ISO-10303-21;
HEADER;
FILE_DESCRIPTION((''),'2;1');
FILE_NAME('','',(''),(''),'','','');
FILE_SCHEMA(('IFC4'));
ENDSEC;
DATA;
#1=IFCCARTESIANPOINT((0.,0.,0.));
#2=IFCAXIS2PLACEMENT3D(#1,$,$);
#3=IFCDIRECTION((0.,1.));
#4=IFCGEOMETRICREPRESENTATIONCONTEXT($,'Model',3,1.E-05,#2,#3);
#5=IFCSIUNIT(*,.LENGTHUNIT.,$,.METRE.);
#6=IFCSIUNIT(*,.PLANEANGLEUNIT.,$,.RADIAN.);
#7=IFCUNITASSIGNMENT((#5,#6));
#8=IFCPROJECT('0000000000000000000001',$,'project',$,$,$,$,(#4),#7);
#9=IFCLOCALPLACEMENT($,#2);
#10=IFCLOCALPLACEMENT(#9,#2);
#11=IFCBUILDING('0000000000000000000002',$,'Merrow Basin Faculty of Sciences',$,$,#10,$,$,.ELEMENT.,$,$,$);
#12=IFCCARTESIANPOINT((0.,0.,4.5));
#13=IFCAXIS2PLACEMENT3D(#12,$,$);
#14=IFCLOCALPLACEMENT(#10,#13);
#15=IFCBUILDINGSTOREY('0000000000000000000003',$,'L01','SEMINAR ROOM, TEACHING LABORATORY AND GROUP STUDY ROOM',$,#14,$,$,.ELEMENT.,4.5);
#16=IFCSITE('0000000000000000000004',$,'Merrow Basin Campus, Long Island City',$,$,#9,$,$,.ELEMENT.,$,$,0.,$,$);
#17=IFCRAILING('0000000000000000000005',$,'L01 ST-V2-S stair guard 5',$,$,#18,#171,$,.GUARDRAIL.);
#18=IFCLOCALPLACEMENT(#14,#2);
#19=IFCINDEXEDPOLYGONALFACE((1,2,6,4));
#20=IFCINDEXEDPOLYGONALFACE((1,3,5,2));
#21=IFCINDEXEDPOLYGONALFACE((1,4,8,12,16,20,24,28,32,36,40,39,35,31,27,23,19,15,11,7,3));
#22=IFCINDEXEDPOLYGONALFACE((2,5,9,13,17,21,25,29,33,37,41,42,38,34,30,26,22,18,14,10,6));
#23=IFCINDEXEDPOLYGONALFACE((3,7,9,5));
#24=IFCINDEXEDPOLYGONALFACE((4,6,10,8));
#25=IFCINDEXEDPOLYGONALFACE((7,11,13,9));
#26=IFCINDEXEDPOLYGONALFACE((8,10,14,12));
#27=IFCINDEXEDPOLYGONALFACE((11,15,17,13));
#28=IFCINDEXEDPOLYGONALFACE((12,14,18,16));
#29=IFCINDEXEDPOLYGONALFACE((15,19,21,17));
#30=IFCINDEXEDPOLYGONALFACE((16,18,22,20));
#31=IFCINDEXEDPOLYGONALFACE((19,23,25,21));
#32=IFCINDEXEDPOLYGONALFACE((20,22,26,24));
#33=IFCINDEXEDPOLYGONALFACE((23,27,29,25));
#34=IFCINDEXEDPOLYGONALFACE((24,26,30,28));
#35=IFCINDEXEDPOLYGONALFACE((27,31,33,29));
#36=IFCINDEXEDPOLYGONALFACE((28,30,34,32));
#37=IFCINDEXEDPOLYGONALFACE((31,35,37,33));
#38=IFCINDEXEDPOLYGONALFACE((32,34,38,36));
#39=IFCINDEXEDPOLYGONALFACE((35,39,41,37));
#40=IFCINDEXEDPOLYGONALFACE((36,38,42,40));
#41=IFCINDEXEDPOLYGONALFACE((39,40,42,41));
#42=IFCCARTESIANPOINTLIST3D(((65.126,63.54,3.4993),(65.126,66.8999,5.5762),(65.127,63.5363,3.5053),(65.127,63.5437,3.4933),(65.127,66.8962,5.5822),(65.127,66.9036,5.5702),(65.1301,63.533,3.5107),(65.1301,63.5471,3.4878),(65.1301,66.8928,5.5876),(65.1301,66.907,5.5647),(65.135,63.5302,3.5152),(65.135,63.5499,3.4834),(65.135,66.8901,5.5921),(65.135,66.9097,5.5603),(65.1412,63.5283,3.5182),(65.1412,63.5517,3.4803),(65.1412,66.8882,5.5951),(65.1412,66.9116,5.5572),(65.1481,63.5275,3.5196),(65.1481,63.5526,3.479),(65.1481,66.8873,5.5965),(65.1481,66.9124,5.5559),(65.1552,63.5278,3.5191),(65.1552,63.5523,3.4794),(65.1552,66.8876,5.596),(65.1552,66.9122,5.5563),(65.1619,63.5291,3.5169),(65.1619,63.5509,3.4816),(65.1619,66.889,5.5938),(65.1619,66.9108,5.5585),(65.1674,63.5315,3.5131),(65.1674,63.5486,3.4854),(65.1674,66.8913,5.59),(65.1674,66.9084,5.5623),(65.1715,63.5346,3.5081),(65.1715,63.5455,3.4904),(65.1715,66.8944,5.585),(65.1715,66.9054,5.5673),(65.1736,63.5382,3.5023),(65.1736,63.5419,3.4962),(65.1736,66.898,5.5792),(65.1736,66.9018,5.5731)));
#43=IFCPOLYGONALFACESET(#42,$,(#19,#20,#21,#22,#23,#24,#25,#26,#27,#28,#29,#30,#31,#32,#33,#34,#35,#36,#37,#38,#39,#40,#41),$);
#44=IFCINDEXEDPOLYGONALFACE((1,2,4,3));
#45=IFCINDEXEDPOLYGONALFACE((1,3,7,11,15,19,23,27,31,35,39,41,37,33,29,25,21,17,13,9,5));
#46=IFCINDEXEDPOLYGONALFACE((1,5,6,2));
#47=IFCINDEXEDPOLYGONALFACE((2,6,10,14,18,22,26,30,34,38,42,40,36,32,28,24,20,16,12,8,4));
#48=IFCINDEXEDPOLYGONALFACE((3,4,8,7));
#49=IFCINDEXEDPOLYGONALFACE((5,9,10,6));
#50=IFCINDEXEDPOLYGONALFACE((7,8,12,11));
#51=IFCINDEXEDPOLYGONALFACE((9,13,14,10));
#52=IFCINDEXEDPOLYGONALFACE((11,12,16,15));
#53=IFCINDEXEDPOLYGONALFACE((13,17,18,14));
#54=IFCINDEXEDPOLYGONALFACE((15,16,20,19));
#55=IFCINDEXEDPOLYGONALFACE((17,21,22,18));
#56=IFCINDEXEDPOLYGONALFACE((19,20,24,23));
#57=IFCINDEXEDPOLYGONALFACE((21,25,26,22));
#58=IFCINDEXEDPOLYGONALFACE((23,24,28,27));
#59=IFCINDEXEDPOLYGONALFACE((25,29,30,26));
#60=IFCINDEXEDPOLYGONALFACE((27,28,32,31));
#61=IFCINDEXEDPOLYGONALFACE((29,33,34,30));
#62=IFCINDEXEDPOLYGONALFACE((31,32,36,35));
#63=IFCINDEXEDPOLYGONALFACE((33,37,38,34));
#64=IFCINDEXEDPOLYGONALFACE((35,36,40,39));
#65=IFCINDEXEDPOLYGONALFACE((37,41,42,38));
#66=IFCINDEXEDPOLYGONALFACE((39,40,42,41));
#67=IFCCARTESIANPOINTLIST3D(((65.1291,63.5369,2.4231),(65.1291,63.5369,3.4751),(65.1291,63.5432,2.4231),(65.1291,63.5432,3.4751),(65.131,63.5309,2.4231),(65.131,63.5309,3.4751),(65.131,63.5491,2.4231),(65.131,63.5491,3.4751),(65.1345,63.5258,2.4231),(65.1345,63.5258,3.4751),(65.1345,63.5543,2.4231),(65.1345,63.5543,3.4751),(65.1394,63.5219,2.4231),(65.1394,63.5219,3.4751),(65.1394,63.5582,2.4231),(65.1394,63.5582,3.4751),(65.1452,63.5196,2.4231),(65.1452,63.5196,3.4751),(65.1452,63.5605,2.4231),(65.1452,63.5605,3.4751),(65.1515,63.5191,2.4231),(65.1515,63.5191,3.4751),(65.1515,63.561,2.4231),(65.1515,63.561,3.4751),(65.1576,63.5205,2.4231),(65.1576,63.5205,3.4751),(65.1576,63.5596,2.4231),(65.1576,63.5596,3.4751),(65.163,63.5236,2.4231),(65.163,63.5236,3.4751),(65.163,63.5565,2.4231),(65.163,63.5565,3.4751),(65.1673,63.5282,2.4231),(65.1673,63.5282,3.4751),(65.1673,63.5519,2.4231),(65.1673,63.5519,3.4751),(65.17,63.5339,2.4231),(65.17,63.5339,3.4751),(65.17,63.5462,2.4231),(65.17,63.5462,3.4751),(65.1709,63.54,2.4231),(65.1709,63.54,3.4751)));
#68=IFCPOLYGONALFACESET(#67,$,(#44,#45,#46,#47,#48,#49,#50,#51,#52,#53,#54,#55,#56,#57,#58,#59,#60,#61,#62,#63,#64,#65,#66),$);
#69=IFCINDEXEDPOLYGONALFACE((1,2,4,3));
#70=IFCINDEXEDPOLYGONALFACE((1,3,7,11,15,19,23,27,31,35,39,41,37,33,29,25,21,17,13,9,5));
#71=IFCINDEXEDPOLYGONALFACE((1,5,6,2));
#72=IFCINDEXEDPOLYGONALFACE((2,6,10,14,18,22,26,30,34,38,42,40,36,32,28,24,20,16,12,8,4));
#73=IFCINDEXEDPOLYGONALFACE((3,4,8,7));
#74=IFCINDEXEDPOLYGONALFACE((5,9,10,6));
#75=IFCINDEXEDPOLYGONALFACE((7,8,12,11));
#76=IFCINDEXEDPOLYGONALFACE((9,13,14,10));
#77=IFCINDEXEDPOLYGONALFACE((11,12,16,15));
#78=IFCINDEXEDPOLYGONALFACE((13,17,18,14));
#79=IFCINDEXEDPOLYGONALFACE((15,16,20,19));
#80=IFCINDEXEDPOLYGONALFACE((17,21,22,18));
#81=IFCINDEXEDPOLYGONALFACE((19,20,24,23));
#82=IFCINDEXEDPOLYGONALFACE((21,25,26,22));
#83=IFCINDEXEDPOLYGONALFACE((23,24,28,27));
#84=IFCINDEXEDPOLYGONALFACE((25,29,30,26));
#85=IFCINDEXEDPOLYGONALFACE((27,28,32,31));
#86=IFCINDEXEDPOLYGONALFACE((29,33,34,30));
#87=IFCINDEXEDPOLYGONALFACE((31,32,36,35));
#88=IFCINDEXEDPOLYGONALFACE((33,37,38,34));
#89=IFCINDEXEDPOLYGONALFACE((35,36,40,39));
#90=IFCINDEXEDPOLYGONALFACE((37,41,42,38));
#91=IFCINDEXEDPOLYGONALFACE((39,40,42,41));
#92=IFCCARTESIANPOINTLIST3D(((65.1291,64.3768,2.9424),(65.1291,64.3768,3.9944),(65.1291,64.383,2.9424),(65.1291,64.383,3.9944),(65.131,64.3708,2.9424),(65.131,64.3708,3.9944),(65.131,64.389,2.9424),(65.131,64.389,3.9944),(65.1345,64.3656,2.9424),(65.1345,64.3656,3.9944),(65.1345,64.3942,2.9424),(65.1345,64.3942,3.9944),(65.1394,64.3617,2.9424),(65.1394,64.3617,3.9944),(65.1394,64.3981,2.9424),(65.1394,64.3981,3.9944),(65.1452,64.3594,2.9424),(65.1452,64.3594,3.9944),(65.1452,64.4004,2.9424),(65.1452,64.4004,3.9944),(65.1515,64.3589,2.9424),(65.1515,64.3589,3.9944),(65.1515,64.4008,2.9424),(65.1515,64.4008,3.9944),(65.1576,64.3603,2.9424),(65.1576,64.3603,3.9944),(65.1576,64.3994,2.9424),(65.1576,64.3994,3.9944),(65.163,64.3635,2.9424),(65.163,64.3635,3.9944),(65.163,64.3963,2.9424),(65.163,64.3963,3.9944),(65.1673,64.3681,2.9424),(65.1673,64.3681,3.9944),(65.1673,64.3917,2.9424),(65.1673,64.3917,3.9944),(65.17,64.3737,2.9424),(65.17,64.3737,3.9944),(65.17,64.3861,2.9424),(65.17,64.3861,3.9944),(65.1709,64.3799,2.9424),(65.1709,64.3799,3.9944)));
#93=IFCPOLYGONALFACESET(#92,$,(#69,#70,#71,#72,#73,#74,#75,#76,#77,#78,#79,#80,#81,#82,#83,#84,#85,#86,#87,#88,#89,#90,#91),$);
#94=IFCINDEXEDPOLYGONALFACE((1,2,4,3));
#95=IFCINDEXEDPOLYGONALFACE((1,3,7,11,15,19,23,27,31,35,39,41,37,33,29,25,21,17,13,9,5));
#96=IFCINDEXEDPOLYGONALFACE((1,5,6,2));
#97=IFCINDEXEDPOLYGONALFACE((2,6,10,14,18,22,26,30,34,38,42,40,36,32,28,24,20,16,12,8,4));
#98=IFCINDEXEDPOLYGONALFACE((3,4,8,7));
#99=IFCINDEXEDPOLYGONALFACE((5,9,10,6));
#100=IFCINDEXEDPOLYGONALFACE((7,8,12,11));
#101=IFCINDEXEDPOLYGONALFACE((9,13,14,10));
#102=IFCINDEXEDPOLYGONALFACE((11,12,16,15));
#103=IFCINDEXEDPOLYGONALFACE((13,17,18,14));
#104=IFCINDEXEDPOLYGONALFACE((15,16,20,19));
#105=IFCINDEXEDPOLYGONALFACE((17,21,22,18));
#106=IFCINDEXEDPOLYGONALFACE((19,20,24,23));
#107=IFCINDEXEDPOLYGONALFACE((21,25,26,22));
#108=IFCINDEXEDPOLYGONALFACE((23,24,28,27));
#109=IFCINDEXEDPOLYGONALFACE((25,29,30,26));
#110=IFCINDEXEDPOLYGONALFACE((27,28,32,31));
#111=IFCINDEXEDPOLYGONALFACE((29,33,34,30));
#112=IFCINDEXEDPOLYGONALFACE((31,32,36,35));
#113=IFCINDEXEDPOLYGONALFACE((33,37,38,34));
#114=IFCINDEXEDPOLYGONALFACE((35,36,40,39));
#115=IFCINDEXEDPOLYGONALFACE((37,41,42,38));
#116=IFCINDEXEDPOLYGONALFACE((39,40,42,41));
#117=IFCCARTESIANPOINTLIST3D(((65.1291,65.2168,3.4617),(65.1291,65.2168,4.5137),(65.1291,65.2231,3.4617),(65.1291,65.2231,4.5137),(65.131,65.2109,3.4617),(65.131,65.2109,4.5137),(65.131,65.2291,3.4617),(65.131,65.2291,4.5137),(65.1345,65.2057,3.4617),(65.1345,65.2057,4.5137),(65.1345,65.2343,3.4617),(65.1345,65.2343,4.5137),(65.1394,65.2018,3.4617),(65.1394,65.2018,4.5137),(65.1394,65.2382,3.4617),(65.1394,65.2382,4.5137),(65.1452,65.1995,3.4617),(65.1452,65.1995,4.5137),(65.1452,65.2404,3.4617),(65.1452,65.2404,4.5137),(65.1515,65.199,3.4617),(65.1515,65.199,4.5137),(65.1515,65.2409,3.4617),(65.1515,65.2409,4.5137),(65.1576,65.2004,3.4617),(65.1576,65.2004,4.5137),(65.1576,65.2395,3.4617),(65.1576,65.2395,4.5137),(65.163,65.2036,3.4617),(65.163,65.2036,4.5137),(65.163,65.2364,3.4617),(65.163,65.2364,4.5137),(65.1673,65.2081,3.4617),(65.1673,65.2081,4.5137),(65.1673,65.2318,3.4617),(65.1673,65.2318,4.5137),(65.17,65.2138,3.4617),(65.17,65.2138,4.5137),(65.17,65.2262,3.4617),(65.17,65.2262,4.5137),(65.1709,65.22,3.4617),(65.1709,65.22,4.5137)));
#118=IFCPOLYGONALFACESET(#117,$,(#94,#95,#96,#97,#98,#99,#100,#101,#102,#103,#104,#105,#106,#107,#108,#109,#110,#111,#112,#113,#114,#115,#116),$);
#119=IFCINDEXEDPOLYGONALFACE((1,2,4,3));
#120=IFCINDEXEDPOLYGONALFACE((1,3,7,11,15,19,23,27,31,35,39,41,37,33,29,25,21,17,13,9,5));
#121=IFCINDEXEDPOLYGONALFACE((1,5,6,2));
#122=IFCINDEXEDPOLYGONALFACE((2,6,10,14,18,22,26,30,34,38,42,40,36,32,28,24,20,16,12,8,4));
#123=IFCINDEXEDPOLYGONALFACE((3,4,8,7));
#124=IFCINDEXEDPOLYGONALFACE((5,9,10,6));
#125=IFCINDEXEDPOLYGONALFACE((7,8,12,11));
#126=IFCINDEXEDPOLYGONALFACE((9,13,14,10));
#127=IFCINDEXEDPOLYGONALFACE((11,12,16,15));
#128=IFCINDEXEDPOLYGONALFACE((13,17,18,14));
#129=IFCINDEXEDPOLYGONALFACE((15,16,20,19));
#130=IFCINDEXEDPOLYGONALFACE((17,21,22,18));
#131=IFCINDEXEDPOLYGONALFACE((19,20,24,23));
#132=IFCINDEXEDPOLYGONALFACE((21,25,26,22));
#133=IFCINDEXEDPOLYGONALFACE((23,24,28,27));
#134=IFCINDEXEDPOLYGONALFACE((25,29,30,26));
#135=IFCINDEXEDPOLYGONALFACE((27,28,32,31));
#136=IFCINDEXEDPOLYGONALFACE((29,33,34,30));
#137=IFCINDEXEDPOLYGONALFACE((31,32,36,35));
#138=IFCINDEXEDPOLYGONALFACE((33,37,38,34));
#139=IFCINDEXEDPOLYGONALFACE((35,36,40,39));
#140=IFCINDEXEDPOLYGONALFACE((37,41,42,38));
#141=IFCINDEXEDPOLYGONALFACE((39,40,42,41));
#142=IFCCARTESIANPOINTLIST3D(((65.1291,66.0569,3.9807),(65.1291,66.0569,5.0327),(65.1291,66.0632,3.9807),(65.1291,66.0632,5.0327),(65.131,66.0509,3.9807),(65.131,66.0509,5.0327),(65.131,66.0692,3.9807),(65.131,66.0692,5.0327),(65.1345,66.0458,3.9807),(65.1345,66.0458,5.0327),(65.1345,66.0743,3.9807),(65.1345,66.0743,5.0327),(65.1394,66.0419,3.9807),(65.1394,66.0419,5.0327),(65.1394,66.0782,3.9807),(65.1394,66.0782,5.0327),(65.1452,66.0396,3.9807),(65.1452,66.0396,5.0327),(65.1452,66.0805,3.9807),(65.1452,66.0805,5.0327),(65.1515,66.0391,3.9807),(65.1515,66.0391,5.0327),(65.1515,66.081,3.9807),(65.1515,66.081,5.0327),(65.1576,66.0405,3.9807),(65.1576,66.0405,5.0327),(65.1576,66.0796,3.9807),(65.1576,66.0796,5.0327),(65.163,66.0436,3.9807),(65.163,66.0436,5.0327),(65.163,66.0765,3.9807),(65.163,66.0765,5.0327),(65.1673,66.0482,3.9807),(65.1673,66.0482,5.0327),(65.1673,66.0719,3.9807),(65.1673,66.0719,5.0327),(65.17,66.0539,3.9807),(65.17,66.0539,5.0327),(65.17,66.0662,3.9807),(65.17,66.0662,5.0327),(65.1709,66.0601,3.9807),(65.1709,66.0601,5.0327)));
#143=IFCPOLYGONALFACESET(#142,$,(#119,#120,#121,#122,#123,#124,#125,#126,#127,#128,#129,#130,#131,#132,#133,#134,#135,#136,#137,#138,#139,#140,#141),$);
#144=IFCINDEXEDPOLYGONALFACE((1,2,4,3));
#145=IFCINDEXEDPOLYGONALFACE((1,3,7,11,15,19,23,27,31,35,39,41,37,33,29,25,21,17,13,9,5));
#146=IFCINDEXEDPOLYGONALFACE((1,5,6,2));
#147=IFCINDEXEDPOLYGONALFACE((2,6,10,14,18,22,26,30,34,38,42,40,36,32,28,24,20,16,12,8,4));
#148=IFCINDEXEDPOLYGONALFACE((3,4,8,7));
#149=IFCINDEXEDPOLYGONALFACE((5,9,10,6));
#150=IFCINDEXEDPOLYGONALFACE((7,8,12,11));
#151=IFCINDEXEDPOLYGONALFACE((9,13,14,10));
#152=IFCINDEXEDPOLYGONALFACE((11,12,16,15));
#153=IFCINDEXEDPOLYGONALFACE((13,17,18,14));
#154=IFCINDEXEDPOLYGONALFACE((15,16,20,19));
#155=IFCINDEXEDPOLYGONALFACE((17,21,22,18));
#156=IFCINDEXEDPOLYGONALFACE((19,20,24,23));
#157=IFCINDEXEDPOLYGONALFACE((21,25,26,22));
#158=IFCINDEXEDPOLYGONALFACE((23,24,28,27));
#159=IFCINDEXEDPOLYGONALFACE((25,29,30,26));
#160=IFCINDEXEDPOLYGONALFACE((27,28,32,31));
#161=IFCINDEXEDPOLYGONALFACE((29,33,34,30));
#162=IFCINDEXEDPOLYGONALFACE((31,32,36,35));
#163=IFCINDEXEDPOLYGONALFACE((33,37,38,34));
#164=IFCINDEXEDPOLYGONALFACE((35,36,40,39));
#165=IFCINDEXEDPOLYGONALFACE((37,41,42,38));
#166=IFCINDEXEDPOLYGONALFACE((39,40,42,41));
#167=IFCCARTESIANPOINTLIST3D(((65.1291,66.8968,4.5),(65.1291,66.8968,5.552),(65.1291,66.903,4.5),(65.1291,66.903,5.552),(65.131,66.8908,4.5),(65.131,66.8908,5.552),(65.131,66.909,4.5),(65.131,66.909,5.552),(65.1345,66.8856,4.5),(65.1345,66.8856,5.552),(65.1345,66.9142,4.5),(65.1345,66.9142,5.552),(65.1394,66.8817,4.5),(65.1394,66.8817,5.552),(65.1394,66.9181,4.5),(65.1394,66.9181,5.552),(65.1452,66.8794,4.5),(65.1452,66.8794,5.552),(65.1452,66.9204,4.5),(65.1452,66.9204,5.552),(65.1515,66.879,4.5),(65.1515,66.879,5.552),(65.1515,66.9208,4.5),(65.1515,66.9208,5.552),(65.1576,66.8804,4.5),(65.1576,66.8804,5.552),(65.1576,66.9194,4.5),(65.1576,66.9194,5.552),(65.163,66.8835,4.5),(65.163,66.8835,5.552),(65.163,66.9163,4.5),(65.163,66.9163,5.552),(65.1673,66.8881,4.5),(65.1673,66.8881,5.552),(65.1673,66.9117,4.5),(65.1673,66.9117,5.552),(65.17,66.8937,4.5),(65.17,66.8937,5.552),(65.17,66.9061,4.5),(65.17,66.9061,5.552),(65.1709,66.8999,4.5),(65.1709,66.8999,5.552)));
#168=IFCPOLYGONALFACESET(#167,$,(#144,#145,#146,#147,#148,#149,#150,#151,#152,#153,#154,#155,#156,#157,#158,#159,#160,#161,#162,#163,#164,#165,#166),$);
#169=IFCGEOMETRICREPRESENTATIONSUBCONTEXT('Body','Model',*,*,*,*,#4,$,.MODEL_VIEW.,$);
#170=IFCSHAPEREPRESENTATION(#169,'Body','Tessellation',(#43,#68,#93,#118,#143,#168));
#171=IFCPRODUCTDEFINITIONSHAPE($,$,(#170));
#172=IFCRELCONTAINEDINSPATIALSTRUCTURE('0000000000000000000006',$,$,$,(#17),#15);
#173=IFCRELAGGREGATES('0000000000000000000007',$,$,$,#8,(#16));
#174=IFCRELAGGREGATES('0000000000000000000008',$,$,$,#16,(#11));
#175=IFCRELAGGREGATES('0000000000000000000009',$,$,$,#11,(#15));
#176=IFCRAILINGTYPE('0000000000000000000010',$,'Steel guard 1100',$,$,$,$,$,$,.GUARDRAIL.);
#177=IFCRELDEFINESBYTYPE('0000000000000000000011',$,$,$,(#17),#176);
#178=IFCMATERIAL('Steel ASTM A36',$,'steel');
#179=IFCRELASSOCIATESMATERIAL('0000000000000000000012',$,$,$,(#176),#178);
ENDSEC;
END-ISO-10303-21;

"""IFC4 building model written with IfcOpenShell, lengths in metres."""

from ifc_helpers import new_model, si_unit, direction, frame, origin, origin_2d, place, context, subcontext, project, spatial, circle, extrude, material, type_object, element, save


model = new_model("IFC4")

# Units and contexts
model_context = context("Model", 3, precision=1e-05, world=origin(), true_north=direction((0.0, 1.0)))
body_context = subcontext(model_context, "Body", "Model", "MODEL_VIEW")
ifc_project = project(units=[si_unit("LENGTHUNIT", "METRE"), si_unit("PLANEANGLEUNIT", "RADIAN")], contexts=[model_context])

# Site, building, storey
site_placement = place(None, origin())
site = spatial("IfcSite", under=ifc_project, at=site_placement, Name="Merrow Basin Campus, Long Island City", CompositionType="ELEMENT", RefElevation=0.0)
building_placement = place(site_placement, origin())
building = spatial("IfcBuilding", under=site, at=building_placement, Name="Merrow Basin Faculty of Sciences", CompositionType="ELEMENT")
storey_placement = place(building_placement, frame((0.0, 0.0, 4.5)))
storey = spatial("IfcBuildingStorey", under=building, at=storey_placement, Name="L01", Description="SEMINAR ROOM, TEACHING LABORATORY AND GROUP STUDY ROOM", CompositionType="ELEMENT", Elevation=4.5)

# Railing
ifc_material_1 = material(Name="Steel ASTM A36", Category="steel")
railing_type_1 = type_object("IfcRailingType", Name="Steel guard 1100", PredefinedType="GUARDRAIL", material=ifc_material_1)
railing_1_placement = place(storey_placement, frame((65.1499, 63.54, 2.4231)))
element("IfcRailing", 1, at=railing_1_placement, inside=storey, type_object=railing_type_1, Name="L01 ST-V2-S stair guard 5", PredefinedType="GUARDRAIL", context=body_context, shape_type="SweptSolid", body=[
    extrude(circle(Radius=0.0239, at=origin_2d()), frame((0.0, 0.0, 1.0762), z_axis=(0.0, 0.850606, 0.525803), x_axis=(-1.0, 0.0, 0.0)), (0.0, 0.0, 1.0), 3.95),
    extrude(circle(Radius=0.021, at=origin_2d()), origin(), (0.0, 0.0, 1.0), 1.052),
    extrude(circle(Radius=0.021, at=origin_2d()), frame((0.0, 0.8398, 0.5193)), (0.0, 0.0, 1.0), 1.052),
    extrude(circle(Radius=0.021, at=origin_2d()), frame((0.0, 1.6799, 1.0386)), (0.0, 0.0, 1.0), 1.052),
    extrude(circle(Radius=0.021, at=origin_2d()), frame((0.0, 2.52, 1.5576)), (0.0, 0.0, 1.0), 1.052),
    extrude(circle(Radius=0.021, at=origin_2d()), frame((0.0, 3.3599, 2.0769)), (0.0, 0.0, 1.0), 1.052),
])

save(model, "model.ifc")
